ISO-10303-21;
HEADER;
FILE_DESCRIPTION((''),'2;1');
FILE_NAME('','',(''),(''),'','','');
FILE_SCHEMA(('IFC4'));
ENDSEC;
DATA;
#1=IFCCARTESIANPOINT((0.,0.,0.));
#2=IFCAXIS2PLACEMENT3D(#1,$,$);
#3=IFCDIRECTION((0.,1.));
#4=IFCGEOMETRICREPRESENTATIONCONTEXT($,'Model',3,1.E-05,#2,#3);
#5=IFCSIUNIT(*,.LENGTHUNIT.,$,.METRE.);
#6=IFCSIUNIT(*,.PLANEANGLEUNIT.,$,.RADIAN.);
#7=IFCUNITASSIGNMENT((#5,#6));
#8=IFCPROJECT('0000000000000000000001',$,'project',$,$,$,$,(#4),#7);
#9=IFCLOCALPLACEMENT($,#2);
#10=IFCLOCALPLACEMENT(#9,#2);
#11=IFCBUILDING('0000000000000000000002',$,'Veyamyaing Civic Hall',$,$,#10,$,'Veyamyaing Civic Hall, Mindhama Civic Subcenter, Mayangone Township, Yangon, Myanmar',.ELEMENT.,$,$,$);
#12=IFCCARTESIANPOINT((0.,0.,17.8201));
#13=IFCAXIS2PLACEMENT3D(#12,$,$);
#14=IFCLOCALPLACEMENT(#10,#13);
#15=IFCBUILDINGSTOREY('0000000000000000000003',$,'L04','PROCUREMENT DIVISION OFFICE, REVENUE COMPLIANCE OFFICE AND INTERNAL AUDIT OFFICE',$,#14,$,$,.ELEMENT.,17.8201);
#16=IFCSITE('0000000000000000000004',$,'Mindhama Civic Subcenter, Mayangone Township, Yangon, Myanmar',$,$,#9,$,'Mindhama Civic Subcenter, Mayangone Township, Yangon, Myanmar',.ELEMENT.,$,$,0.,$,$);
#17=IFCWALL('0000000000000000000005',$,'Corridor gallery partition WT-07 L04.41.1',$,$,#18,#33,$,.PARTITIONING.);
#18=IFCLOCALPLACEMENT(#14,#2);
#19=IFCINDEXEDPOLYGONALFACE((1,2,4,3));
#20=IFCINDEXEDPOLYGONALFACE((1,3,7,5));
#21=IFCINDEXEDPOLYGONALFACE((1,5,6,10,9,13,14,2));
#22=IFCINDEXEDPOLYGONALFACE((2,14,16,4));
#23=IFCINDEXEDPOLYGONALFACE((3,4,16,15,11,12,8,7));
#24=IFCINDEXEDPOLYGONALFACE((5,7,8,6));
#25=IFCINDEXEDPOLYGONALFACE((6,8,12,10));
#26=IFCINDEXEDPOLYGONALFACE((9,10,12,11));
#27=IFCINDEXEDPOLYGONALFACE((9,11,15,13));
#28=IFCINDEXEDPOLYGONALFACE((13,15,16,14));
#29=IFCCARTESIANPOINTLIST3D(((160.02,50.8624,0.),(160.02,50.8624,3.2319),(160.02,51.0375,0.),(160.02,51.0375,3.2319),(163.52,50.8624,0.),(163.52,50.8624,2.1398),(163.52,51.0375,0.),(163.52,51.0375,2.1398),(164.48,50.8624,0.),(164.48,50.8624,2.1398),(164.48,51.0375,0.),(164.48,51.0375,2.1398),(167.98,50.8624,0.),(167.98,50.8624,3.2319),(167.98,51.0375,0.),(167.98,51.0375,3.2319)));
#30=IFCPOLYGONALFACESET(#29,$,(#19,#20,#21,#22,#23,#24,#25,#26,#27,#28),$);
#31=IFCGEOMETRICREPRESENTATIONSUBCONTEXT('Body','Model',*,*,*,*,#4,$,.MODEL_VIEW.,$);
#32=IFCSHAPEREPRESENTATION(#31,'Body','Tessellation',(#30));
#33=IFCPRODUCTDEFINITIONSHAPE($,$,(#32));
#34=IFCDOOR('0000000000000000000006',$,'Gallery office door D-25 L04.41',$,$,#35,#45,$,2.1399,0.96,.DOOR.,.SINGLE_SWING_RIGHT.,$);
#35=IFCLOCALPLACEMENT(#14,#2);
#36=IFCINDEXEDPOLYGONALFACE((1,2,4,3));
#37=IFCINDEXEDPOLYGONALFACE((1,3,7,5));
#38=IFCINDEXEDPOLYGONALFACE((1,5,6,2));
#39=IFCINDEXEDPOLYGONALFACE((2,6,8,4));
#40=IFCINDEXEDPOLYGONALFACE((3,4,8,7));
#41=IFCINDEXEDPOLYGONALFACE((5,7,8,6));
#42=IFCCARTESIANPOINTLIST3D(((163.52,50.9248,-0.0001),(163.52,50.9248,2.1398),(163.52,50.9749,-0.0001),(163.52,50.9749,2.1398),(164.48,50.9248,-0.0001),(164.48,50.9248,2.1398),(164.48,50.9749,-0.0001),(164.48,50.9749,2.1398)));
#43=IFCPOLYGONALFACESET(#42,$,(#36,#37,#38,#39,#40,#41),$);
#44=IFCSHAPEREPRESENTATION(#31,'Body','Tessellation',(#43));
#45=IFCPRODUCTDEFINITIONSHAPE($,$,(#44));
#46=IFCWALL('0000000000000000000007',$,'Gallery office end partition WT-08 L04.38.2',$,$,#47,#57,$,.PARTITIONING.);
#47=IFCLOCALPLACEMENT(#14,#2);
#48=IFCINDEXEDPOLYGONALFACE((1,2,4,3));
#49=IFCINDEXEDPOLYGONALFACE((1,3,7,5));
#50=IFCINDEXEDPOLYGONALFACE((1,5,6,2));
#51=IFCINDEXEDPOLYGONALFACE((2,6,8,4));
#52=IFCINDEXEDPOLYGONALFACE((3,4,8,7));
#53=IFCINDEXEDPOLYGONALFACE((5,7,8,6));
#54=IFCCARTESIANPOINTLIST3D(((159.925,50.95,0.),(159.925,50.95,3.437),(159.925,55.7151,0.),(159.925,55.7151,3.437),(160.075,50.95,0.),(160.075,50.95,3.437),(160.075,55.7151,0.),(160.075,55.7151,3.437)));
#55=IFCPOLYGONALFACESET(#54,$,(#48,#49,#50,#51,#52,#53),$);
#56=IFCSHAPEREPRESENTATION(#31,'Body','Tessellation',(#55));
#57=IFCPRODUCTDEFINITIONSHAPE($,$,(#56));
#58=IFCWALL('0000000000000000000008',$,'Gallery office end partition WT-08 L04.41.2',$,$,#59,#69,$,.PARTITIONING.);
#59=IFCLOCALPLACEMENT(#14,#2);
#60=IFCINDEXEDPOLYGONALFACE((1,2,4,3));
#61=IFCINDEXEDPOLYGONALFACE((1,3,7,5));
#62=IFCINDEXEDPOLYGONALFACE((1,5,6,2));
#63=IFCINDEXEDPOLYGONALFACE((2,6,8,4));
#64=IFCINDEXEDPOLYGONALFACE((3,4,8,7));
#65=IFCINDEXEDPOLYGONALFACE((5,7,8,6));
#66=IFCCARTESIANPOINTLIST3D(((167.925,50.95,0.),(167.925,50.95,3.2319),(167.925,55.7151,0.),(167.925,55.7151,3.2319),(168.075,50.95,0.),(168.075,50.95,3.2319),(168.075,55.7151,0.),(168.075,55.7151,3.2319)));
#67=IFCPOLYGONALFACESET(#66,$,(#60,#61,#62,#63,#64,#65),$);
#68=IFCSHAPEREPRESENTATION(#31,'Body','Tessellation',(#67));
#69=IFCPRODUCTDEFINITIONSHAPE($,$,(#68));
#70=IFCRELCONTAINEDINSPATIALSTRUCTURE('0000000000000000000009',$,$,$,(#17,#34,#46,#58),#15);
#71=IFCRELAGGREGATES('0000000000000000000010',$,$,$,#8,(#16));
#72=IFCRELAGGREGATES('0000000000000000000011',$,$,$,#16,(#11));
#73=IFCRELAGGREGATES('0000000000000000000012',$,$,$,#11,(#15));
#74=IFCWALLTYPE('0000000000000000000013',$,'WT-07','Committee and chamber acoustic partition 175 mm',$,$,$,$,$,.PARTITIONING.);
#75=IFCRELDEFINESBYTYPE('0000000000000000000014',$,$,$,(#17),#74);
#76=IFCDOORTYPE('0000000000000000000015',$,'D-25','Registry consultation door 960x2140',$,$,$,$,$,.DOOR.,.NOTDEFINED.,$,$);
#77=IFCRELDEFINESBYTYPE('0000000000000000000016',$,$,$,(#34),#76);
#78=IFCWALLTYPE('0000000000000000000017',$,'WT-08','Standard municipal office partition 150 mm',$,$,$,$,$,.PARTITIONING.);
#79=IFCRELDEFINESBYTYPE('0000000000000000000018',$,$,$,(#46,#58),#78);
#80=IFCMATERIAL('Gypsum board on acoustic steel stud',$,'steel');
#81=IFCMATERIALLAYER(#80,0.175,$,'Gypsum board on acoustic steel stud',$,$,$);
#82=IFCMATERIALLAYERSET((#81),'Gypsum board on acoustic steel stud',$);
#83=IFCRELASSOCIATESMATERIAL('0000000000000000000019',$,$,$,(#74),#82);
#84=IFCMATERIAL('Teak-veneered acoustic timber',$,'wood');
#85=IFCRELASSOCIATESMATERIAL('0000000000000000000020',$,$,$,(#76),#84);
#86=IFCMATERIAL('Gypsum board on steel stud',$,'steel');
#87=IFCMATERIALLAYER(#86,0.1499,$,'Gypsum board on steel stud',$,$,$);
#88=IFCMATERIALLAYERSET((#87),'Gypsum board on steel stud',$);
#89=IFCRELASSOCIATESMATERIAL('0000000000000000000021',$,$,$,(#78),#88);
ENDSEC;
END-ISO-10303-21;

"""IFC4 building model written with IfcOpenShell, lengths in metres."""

from ifc_helpers import new_model, si_unit, direction, frame, frame_2d, origin, place, context, subcontext, project, spatial, rectangle, extrude, material, layer, layer_set, type_object, element, fill, save


model = new_model("IFC4")

# Units and contexts
model_context = context("Model", 3, precision=1e-05, world=origin(), true_north=direction((0.0, 1.0)))
body_context = subcontext(model_context, "Body", "Model", "MODEL_VIEW")
ifc_project = project(units=[si_unit("LENGTHUNIT", "METRE"), si_unit("PLANEANGLEUNIT", "RADIAN")], contexts=[model_context])

# Site, building, storey
site_placement = place(None, origin())
site = spatial("IfcSite", under=ifc_project, at=site_placement, Name="Mindhama Civic Subcenter, Mayangone Township, Yangon, Myanmar", LongName="Mindhama Civic Subcenter, Mayangone Township, Yangon, Myanmar", CompositionType="ELEMENT", RefElevation=0.0)
building_placement = place(site_placement, origin())
building = spatial("IfcBuilding", under=site, at=building_placement, Name="Veyamyaing Civic Hall", LongName="Veyamyaing Civic Hall, Mindhama Civic Subcenter, Mayangone Township, Yangon, Myanmar", CompositionType="ELEMENT")
storey_placement = place(building_placement, frame((0.0, 0.0, 17.8201)))
storey = spatial("IfcBuildingStorey", under=building, at=storey_placement, Name="L04", Description="PROCUREMENT DIVISION OFFICE, REVENUE COMPLIANCE OFFICE AND INTERNAL AUDIT OFFICE", CompositionType="ELEMENT", Elevation=17.8201)

# Wall, opening, door
ifc_material_1 = material(Name="Gypsum board on acoustic steel stud", Category="steel")
ifc_layer_1 = layer(ifc_material_1, 0.175, Name="Gypsum board on acoustic steel stud")
ifc_layer_set_1 = layer_set([ifc_layer_1], Name="Gypsum board on acoustic steel stud")
wall_type_1 = type_object("IfcWallType", Name="WT-07", Description="Committee and chamber acoustic partition 175 mm", PredefinedType="PARTITIONING", material=ifc_layer_set_1)
wall_1_placement = place(storey_placement, frame((160.02, 50.95, 0.0), z_axis=(0.0, 0.0, 1.0), x_axis=(1.0, 0.0, 0.0)))
wall_1 = element("IfcWall", 1, at=wall_1_placement, inside=storey, type_object=wall_type_1, Name="Corridor gallery partition WT-07 L04.41.1", PredefinedType="PARTITIONING", context=body_context, shape_type="SweptSolid", body=[
    extrude(rectangle(XDim=7.96, YDim=0.175, at=frame_2d((3.98, 0.0))), origin(), (0.0, 0.0, 1.0), 3.2319),
])
opening_1_placement = place(wall_1_placement, frame((3.5, 0.0, 0.0)))
opening_1 = element("IfcOpeningElement", 2, at=opening_1_placement, cuts=wall_1, PredefinedType="OPENING", context=body_context, shape_type="SweptSolid", body=[
    extrude(rectangle(XDim=0.96, YDim=2.1399, at=frame_2d((0.48, 1.0698))), frame((0.0, 0.0974, 0.0), z_axis=(0.0, -1.0, 0.0), x_axis=(1.0, 0.0, 0.0)), (0.0, 0.0, 1.0), 0.1951),
])
ifc_material_2 = material(Name="Teak-veneered acoustic timber", Category="wood")
door_type_1 = type_object("IfcDoorType", Name="D-25", Description="Registry consultation door 960x2140", OperationType="NOTDEFINED", PredefinedType="DOOR", material=ifc_material_2)
door_1_placement = place(opening_1_placement, origin())
door_1 = element("IfcDoor", 3, at=door_1_placement, inside=storey, type_object=door_type_1, Name="Gallery office door D-25 L04.41", OperationType="SINGLE_SWING_RIGHT", OverallHeight=2.1399, OverallWidth=0.96, PredefinedType="DOOR", context=body_context, shape_type="SweptSolid", body=[
    extrude(rectangle(XDim=0.96, YDim=2.1399, at=frame_2d((0.48, 1.0698))), frame((0.0, 0.0249, 0.0), z_axis=(0.0, -1.0, 0.0), x_axis=(1.0, 0.0, 0.0)), (0.0, 0.0, 1.0), 0.05),
])
fill(opening_1, door_1)

# Walls
ifc_material_3 = material(Name="Gypsum board on steel stud", Category="steel")
ifc_layer_2 = layer(ifc_material_3, 0.1499, Name="Gypsum board on steel stud")
ifc_layer_set_2 = layer_set([ifc_layer_2], Name="Gypsum board on steel stud")
wall_type_2 = type_object("IfcWallType", Name="WT-08", Description="Standard municipal office partition 150 mm", PredefinedType="PARTITIONING", material=ifc_layer_set_2)
wall_2_placement = place(storey_placement, frame((160.0, 50.95, 0.0), z_axis=(0.0, 0.0, 1.0), x_axis=(0.0, 1.0, 0.0)))
element("IfcWall", 4, at=wall_2_placement, inside=storey, type_object=wall_type_2, Name="Gallery office end partition WT-08 L04.38.2", PredefinedType="PARTITIONING", context=body_context, shape_type="SweptSolid", body=[
    extrude(rectangle(XDim=4.7651, YDim=0.1499, at=frame_2d((2.3826, 0.0))), origin(), (0.0, 0.0, 1.0), 3.437),
])
wall_3_placement = place(storey_placement, frame((168.0, 50.95, 0.0), z_axis=(0.0, 0.0, 1.0), x_axis=(0.0, 1.0, 0.0)))
element("IfcWall", 5, at=wall_3_placement, inside=storey, type_object=wall_type_2, Name="Gallery office end partition WT-08 L04.41.2", PredefinedType="PARTITIONING", context=body_context, shape_type="SweptSolid", body=[
    extrude(rectangle(XDim=4.7651, YDim=0.1499, at=frame_2d((2.3826, 0.0))), origin(), (0.0, 0.0, 1.0), 3.2319),
])

save(model, "model.ifc")
